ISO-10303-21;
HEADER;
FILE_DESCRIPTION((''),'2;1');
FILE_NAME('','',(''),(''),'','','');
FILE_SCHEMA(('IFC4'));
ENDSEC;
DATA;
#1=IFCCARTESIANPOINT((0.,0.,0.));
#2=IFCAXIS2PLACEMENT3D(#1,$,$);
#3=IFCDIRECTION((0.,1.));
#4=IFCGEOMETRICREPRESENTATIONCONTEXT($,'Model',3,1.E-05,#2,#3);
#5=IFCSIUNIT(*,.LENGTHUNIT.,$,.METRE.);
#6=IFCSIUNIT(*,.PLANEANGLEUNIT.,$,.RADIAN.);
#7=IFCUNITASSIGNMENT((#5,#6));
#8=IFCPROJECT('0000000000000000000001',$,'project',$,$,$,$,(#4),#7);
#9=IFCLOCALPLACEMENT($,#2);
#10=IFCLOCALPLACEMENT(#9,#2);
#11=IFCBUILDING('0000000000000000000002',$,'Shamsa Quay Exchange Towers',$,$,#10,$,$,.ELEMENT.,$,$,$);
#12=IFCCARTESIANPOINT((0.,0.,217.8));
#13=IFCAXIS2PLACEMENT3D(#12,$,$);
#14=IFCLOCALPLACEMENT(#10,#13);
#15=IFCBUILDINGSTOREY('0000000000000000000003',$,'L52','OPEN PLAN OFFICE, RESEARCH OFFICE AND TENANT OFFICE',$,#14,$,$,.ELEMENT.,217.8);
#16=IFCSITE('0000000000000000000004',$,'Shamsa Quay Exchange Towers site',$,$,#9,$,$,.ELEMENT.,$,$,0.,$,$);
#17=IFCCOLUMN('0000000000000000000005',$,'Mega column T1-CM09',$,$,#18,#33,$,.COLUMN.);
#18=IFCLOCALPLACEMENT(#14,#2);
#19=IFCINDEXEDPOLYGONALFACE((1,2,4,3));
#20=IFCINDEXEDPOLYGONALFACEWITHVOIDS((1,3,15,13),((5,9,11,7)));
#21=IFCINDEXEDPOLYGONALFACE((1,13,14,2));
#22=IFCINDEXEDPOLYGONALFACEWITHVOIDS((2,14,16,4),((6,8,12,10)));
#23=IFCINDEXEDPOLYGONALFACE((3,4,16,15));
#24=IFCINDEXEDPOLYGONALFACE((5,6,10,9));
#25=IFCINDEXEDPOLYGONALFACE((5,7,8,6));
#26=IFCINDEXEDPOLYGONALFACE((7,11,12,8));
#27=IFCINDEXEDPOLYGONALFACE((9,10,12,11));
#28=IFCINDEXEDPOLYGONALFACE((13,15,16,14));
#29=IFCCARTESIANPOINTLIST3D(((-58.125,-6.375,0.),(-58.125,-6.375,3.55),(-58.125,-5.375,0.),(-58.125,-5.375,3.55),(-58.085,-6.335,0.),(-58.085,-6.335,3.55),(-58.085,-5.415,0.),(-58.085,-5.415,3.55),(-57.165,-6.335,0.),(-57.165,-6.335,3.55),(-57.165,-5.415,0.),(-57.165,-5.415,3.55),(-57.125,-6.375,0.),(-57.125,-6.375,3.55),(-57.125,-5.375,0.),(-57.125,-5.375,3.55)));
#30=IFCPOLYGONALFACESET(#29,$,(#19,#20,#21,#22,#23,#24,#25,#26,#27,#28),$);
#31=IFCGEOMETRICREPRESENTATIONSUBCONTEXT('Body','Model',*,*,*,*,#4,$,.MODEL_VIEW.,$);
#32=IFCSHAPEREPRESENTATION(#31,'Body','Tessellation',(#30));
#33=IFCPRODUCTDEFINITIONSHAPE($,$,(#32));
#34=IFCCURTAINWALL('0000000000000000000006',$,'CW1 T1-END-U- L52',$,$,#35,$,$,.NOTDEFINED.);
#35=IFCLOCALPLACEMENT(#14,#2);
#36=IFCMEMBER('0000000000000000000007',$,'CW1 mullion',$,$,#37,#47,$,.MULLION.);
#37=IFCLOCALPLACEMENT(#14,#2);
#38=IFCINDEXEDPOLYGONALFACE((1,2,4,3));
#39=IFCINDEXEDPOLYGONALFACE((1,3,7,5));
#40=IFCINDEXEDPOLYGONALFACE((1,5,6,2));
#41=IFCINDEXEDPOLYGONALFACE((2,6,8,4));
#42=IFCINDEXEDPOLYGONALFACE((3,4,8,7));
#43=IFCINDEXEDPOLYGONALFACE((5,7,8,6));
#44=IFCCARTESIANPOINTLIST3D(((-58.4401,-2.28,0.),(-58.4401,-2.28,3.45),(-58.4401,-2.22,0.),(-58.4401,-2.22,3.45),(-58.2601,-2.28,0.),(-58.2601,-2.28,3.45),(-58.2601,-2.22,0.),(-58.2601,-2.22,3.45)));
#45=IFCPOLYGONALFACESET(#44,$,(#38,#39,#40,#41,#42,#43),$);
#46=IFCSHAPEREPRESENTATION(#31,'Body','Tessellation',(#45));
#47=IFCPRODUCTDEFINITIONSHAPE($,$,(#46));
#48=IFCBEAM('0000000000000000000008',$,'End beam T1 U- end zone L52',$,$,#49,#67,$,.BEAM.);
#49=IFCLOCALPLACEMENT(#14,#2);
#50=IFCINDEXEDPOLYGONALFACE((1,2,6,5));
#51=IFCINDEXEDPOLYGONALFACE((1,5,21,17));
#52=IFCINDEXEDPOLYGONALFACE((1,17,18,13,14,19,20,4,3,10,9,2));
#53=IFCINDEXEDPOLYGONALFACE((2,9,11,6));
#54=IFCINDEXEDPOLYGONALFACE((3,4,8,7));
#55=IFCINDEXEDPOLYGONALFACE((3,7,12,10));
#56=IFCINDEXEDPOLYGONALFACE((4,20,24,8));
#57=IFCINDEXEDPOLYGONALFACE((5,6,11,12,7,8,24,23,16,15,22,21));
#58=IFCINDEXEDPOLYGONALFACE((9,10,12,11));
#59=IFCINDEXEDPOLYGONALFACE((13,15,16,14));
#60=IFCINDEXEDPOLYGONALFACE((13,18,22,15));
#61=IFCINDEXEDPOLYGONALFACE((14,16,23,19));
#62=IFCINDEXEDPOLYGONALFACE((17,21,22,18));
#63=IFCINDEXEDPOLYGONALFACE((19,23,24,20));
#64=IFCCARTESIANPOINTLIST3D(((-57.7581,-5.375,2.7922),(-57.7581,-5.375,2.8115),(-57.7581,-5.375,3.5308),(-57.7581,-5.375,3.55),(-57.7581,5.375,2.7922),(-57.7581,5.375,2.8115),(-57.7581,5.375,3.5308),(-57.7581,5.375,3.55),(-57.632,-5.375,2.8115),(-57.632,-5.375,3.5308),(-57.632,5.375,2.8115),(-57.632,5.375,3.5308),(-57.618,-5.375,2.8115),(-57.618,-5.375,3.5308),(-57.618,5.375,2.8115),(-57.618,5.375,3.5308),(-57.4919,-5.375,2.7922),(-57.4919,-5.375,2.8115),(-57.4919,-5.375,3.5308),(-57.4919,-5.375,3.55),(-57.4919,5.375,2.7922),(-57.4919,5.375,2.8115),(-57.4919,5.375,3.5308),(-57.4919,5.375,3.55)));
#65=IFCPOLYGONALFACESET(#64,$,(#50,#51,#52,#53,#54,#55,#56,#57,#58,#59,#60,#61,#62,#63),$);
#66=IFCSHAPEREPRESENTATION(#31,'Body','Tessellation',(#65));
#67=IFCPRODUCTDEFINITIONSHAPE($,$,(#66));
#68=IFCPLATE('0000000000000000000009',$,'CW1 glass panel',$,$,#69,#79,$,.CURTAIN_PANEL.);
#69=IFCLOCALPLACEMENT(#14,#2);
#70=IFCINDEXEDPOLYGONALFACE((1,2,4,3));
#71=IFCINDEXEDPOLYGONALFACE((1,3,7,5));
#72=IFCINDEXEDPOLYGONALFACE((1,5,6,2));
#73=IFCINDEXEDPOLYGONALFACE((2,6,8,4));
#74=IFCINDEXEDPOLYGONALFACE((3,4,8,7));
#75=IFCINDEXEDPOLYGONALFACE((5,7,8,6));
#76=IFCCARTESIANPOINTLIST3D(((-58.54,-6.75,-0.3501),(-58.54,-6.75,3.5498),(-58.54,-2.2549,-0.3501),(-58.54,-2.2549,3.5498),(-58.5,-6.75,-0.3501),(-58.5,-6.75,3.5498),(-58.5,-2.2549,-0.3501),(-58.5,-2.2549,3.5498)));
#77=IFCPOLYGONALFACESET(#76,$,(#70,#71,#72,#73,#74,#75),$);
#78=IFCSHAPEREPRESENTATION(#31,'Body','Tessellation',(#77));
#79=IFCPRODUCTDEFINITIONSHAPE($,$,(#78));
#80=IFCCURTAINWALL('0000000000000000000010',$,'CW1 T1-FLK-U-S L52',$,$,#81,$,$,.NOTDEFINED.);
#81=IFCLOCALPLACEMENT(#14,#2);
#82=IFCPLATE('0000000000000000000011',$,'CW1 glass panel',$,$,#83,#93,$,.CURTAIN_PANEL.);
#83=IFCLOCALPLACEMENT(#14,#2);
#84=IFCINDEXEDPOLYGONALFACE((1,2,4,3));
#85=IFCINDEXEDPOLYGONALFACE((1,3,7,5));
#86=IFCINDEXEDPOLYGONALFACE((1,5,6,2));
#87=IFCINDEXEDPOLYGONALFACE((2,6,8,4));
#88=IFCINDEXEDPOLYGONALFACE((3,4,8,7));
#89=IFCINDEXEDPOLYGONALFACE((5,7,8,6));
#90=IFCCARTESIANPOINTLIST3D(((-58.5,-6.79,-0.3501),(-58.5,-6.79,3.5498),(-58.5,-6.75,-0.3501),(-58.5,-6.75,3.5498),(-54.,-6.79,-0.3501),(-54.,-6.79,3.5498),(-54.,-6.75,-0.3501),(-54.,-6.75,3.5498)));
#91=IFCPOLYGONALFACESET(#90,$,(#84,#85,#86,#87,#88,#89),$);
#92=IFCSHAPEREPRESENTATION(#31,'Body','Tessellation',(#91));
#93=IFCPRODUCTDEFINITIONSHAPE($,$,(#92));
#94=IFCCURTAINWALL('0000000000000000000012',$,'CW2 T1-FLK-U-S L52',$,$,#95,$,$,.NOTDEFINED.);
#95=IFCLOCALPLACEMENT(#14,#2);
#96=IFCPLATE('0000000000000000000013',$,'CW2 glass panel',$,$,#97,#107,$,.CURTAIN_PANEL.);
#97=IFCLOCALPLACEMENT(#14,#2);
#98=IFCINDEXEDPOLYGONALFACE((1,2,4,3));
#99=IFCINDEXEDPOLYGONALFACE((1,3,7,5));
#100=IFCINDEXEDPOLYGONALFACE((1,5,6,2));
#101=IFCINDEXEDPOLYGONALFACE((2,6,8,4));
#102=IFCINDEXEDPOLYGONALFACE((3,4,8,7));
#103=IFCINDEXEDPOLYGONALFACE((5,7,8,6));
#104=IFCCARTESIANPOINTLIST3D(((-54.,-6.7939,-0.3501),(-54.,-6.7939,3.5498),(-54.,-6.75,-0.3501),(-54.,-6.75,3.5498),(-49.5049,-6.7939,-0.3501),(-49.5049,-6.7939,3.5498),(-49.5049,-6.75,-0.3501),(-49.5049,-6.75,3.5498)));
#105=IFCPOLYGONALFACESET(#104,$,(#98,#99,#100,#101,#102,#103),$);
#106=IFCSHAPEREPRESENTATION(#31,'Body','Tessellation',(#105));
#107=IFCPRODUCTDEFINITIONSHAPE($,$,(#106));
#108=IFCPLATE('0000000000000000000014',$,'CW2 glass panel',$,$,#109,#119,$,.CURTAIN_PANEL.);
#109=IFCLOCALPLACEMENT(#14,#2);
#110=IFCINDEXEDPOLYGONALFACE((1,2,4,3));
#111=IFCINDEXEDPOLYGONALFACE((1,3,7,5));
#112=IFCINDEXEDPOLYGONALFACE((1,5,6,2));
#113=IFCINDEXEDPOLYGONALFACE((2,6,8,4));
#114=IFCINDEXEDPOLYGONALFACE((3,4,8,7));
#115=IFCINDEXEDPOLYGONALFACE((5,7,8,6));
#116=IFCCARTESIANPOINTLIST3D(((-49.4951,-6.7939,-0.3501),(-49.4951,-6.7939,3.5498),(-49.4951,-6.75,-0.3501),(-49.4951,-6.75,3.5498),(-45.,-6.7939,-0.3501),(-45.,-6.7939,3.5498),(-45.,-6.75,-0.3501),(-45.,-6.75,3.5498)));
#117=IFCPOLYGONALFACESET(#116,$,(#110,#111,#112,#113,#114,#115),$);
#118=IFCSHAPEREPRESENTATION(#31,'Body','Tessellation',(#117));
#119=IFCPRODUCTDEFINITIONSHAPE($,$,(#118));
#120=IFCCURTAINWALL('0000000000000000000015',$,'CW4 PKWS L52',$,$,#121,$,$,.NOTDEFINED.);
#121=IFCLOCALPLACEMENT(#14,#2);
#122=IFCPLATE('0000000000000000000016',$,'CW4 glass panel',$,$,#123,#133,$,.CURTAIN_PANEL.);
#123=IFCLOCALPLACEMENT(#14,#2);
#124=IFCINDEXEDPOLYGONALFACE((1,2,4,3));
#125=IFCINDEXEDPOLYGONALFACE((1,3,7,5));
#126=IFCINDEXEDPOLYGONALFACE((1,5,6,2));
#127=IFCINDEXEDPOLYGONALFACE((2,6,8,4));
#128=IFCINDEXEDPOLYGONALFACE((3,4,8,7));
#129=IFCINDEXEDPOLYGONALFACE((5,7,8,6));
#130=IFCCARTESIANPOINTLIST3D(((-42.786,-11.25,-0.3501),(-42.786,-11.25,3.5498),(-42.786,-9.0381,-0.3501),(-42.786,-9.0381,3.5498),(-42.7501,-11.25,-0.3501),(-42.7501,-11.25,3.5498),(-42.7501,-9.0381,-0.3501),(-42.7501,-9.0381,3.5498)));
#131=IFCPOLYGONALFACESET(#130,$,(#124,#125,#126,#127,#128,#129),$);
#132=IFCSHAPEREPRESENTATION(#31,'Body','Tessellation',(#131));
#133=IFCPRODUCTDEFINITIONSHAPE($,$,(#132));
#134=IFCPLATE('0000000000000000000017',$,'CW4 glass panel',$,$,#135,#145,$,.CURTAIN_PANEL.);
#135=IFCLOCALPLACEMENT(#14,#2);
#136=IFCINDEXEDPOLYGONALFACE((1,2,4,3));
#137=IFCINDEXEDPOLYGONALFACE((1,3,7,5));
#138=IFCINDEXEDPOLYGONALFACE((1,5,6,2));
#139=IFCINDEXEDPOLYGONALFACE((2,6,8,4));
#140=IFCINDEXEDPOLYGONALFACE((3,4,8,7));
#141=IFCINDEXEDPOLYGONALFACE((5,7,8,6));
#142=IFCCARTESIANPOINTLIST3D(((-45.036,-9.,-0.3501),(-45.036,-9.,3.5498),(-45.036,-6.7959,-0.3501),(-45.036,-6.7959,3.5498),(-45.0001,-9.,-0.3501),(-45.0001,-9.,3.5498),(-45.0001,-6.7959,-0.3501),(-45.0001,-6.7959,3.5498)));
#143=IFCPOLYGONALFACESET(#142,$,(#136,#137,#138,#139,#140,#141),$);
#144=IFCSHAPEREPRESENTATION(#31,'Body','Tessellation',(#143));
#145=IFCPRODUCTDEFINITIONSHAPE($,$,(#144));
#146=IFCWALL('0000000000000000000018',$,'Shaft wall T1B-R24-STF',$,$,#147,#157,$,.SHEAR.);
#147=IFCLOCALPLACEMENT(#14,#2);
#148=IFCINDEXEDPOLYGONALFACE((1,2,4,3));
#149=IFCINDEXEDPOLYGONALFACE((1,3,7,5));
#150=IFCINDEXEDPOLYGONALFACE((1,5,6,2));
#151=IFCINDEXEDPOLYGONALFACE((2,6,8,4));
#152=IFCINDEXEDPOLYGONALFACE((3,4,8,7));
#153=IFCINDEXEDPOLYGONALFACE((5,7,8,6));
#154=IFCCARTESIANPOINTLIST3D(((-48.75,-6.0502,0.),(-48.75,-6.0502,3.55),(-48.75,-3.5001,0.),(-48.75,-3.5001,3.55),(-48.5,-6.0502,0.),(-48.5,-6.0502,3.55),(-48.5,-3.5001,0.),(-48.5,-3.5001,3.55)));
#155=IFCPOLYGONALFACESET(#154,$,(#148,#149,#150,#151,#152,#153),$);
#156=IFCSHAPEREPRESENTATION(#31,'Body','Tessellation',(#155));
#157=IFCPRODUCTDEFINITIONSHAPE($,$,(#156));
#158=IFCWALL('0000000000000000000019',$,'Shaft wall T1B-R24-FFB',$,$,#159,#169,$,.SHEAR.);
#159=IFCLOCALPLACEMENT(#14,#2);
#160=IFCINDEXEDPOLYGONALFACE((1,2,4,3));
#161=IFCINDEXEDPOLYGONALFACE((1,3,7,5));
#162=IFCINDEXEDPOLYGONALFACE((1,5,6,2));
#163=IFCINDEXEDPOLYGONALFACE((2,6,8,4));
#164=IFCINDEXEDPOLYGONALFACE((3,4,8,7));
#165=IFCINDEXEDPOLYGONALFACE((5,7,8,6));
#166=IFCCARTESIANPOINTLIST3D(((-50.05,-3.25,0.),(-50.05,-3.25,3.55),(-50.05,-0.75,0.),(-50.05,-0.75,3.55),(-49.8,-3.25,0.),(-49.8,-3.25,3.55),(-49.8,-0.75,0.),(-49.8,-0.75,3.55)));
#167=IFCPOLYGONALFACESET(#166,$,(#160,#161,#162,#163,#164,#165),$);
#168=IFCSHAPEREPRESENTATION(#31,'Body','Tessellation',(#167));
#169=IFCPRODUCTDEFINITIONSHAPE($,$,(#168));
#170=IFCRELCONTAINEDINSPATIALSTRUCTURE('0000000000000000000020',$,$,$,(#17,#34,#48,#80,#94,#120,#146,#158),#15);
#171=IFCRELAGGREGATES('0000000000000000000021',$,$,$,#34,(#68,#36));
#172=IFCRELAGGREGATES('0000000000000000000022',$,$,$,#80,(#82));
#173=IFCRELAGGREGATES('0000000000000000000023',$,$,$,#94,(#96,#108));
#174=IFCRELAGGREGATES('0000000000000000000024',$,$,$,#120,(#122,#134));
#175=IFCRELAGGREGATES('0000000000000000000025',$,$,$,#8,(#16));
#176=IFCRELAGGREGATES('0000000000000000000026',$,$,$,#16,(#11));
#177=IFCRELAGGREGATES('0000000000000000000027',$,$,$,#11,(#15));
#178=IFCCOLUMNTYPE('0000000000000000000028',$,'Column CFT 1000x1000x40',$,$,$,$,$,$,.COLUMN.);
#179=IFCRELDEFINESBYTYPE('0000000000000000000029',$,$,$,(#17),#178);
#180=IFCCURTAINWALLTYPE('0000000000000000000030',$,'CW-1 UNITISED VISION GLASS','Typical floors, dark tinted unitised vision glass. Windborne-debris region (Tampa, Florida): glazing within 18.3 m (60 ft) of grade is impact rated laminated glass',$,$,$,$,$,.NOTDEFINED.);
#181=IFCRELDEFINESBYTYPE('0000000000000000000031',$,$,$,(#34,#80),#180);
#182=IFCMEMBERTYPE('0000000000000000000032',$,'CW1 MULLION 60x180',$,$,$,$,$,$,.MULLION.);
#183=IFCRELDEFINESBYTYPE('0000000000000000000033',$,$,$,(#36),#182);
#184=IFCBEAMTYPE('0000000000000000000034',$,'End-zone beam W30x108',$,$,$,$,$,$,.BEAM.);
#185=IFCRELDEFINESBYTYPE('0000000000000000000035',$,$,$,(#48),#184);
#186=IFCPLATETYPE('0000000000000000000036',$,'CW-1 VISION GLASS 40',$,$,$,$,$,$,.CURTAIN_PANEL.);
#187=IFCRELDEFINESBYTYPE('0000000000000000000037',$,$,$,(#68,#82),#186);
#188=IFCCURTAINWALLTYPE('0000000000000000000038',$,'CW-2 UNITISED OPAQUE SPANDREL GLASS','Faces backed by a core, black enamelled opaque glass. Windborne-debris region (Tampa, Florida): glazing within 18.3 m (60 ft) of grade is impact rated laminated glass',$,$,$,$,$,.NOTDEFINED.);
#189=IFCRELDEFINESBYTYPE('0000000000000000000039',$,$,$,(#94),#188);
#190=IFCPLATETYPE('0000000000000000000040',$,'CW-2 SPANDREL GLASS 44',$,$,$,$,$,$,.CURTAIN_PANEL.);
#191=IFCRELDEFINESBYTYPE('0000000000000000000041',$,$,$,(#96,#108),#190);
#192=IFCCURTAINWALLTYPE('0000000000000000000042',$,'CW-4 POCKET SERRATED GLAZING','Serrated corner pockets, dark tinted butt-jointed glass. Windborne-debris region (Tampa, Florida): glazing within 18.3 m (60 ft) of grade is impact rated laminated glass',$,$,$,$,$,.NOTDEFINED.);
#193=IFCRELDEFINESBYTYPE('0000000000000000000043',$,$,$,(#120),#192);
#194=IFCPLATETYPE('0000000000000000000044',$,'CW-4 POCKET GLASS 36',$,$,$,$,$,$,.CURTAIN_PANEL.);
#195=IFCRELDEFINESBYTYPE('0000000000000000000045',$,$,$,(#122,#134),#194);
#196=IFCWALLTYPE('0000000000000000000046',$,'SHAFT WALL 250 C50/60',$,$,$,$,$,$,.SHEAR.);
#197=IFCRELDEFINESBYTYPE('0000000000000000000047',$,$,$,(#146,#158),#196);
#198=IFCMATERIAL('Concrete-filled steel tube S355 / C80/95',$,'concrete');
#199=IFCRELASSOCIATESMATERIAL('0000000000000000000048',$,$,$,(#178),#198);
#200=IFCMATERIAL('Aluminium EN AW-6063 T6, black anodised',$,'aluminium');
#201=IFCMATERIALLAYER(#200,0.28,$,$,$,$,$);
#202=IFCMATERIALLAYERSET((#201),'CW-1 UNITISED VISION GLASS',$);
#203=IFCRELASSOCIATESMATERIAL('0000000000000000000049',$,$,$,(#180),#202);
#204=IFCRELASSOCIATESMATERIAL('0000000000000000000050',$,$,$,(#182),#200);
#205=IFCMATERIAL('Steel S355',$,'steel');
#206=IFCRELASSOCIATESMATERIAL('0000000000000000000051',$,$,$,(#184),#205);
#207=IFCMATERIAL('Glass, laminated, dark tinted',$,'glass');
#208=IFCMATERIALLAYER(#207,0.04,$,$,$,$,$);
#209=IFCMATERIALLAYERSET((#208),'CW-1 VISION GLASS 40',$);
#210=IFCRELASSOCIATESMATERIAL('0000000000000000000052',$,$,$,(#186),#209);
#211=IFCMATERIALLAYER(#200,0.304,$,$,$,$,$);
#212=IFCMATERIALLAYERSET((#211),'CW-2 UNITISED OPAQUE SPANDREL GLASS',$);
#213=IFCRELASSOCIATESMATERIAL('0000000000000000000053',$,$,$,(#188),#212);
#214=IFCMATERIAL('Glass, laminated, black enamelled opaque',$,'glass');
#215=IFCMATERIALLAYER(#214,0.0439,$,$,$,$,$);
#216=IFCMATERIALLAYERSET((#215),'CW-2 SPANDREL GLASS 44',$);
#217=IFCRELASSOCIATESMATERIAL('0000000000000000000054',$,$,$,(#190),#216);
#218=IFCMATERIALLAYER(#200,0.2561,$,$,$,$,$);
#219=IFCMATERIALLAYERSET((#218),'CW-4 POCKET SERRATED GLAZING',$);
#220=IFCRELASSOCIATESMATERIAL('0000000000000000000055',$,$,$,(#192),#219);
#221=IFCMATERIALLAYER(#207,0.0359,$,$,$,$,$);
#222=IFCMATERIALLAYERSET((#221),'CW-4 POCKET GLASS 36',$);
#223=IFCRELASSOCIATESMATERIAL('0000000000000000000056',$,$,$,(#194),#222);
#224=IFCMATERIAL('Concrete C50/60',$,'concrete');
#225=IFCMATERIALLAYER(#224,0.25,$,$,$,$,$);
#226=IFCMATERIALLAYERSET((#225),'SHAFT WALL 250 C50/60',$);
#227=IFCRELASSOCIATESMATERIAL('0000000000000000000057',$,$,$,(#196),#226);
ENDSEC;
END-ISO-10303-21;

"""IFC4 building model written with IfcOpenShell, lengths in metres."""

from ifc_helpers import new_model, si_unit, direction, frame, frame_2d, origin, origin_2d, place, context, subcontext, project, spatial, rectangle, hollow_rectangle, i_section, extrude, material, layer, layer_set, material_profile, profile_set, type_object, element, aggregate, save


model = new_model("IFC4")

# Units and contexts
model_context = context("Model", 3, precision=1e-05, world=origin(), true_north=direction((0.0, 1.0)))
body_context = subcontext(model_context, "Body", "Model", "MODEL_VIEW")
ifc_project = project(units=[si_unit("LENGTHUNIT", "METRE"), si_unit("PLANEANGLEUNIT", "RADIAN")], contexts=[model_context])

# Site, building, storey
site_placement = place(None, origin())
site = spatial("IfcSite", under=ifc_project, at=site_placement, Name="Shamsa Quay Exchange Towers site", CompositionType="ELEMENT", RefElevation=0.0)
building_placement = place(site_placement, origin())
building = spatial("IfcBuilding", under=site, at=building_placement, Name="Shamsa Quay Exchange Towers", CompositionType="ELEMENT")
storey_placement = place(building_placement, frame((0.0, 0.0, 217.8)))
storey = spatial("IfcBuildingStorey", under=building, at=storey_placement, Name="L52", Description="OPEN PLAN OFFICE, RESEARCH OFFICE AND TENANT OFFICE", CompositionType="ELEMENT", Elevation=217.8)

# Column
ifc_material_1 = material(Name="Concrete-filled steel tube S355 / C80/95", Category="concrete")
ifc_material_profile_1 = material_profile(ifc_material_1, hollow_rectangle(XDim=1.0, YDim=1.0, WallThickness=0.04, at=origin_2d()), Name="CFT 1000x1000x40")
ifc_profile_set_1 = profile_set([ifc_material_profile_1], Name="Concrete-filled steel tube S355 / C80/95")
column_type = type_object("IfcColumnType", Name="Column CFT 1000x1000x40", PredefinedType="COLUMN", material=ifc_profile_set_1)
column_placement = place(storey_placement, frame((-57.625, -5.875, 0.0)))
element("IfcColumn", 1, at=column_placement, inside=storey, type_object=column_type, Name="Mega column T1-CM09", PredefinedType="COLUMN", context=body_context, shape_type="SweptSolid", body=[
    extrude(hollow_rectangle(XDim=1.0, YDim=1.0, WallThickness=0.04, at=origin_2d()), origin(), (0.0, 0.0, 1.0), 3.55),
])

# Curtain wall, member
ifc_material_2 = material(Name="Aluminium EN AW-6063 T6, black anodised", Category="aluminium")
ifc_layer_1 = layer(ifc_material_2, 0.28)
ifc_layer_set_1 = layer_set([ifc_layer_1], Name="CW-1 UNITISED VISION GLASS")
curtain_wall_type_1 = type_object("IfcCurtainWallType", Name="CW-1 UNITISED VISION GLASS", Description="Typical floors, dark tinted unitised vision glass. Windborne-debris region (Tampa, Florida): glazing within 18.3 m (60 ft) of grade is impact rated laminated glass", PredefinedType="NOTDEFINED", material=ifc_layer_set_1)
curtain_wall_1_placement = place(storey_placement, origin())
curtain_wall_1 = element("IfcCurtainWall", 2, at=curtain_wall_1_placement, inside=storey, type_object=curtain_wall_type_1, Name="CW1 T1-END-U- L52", PredefinedType="NOTDEFINED")
ifc_material_profile_2 = material_profile(ifc_material_2, rectangle(XDim=0.1799, YDim=0.0601, at=origin_2d()), Name="MU60x180")
ifc_profile_set_2 = profile_set([ifc_material_profile_2], Name="Aluminium EN AW-6063 T6, black anodised")
member_type = type_object("IfcMemberType", Name="CW1 MULLION 60x180", PredefinedType="MULLION", material=ifc_profile_set_2)
member_placement = place(storey_placement, frame((-58.3501, -2.25, 0.0)))
member = element("IfcMember", 3, at=member_placement, type_object=member_type, Name="CW1 mullion", PredefinedType="MULLION", context=body_context, shape_type="SweptSolid", body=[
    extrude(rectangle(XDim=0.1799, YDim=0.0601, at=origin_2d()), origin(), (0.0, 0.0, 1.0), 3.45),
])

# Beam
ifc_material_3 = material(Name="Steel S355", Category="steel")
ifc_material_profile_3 = material_profile(ifc_material_3, i_section(OverallWidth=0.2661, OverallDepth=0.7578, WebThickness=0.0139, FlangeThickness=0.0193, at=origin_2d()), Name="W30x108")
ifc_profile_set_3 = profile_set([ifc_material_profile_3], Name="Steel S355")
beam_type = type_object("IfcBeamType", Name="End-zone beam W30x108", PredefinedType="BEAM", material=ifc_profile_set_3)
beam_placement = place(storey_placement, frame((-57.625, -5.375, 3.1711), z_axis=(0.0, 1.0, 0.0), x_axis=(-1.0, 0.0, 0.0)))
element("IfcBeam", 4, at=beam_placement, inside=storey, type_object=beam_type, Name="End beam T1 U- end zone L52", PredefinedType="BEAM", context=body_context, shape_type="SweptSolid", body=[
    extrude(i_section(OverallWidth=0.2661, OverallDepth=0.7578, WebThickness=0.0139, FlangeThickness=0.0193, at=origin_2d()), origin(), (0.0, 0.0, 1.0), 10.75),
])

# Plate
ifc_material_4 = material(Name="Glass, laminated, dark tinted", Category="glass")
ifc_layer_2 = layer(ifc_material_4, 0.04)
ifc_layer_set_2 = layer_set([ifc_layer_2], Name="CW-1 VISION GLASS 40")
plate_type_1 = type_object("IfcPlateType", Name="CW-1 VISION GLASS 40", PredefinedType="CURTAIN_PANEL", material=ifc_layer_set_2)
plate_1_placement = place(storey_placement, frame((-58.52, -4.5024, -0.3501), z_axis=(0.0, 0.0, 1.0), x_axis=(0.0, -1.0, 0.0)))
plate_1 = element("IfcPlate", 5, at=plate_1_placement, type_object=plate_type_1, Name="CW1 glass panel", PredefinedType="CURTAIN_PANEL", context=body_context, shape_type="SweptSolid", body=[
    extrude(rectangle(XDim=4.4951, YDim=0.04, at=origin_2d()), origin(), (0.0, 0.0, 1.0), 3.8999),
])
aggregate(curtain_wall_1, [plate_1, member])

# Curtain wall, plate
curtain_wall_2_placement = place(storey_placement, origin())
curtain_wall_2 = element("IfcCurtainWall", 6, at=curtain_wall_2_placement, inside=storey, type_object=curtain_wall_type_1, Name="CW1 T1-FLK-U-S L52", PredefinedType="NOTDEFINED")
plate_2_placement = place(storey_placement, frame((-56.25, -6.77, -0.3501)))
plate_2 = element("IfcPlate", 7, at=plate_2_placement, type_object=plate_type_1, Name="CW1 glass panel", PredefinedType="CURTAIN_PANEL", context=body_context, shape_type="SweptSolid", body=[
    extrude(rectangle(XDim=4.5, YDim=0.04, at=origin_2d()), origin(), (0.0, 0.0, 1.0), 3.8999),
])
aggregate(curtain_wall_2, [plate_2])

# Curtain walls, plates
ifc_layer_3 = layer(ifc_material_2, 0.304)
ifc_layer_set_3 = layer_set([ifc_layer_3], Name="CW-2 UNITISED OPAQUE SPANDREL GLASS")
curtain_wall_type_2 = type_object("IfcCurtainWallType", Name="CW-2 UNITISED OPAQUE SPANDREL GLASS", Description="Faces backed by a core, black enamelled opaque glass. Windborne-debris region (Tampa, Florida): glazing within 18.3 m (60 ft) of grade is impact rated laminated glass", PredefinedType="NOTDEFINED", material=ifc_layer_set_3)
curtain_wall_3_placement = place(storey_placement, origin())
curtain_wall_3 = element("IfcCurtainWall", 8, at=curtain_wall_3_placement, inside=storey, type_object=curtain_wall_type_2, Name="CW2 T1-FLK-U-S L52", PredefinedType="NOTDEFINED")
ifc_material_5 = material(Name="Glass, laminated, black enamelled opaque", Category="glass")
ifc_layer_4 = layer(ifc_material_5, 0.0439)
ifc_layer_set_4 = layer_set([ifc_layer_4], Name="CW-2 SPANDREL GLASS 44")
plate_type_2 = type_object("IfcPlateType", Name="CW-2 SPANDREL GLASS 44", PredefinedType="CURTAIN_PANEL", material=ifc_layer_set_4)
plate_3_placement = place(storey_placement, frame((-51.7524, -6.772, -0.3501)))
plate_3 = element("IfcPlate", 9, at=plate_3_placement, type_object=plate_type_2, Name="CW2 glass panel", PredefinedType="CURTAIN_PANEL", context=body_context, shape_type="SweptSolid", body=[
    extrude(rectangle(XDim=4.4951, YDim=0.0439, at=origin_2d()), origin(), (0.0, 0.0, 1.0), 3.8999),
])
plate_4_placement = place(storey_placement, frame((-47.2476, -6.772, -0.3501)))
plate_4 = element("IfcPlate", 10, at=plate_4_placement, type_object=plate_type_2, Name="CW2 glass panel", PredefinedType="CURTAIN_PANEL", context=body_context, shape_type="SweptSolid", body=[
    extrude(rectangle(XDim=4.4951, YDim=0.0439, at=origin_2d()), origin(), (0.0, 0.0, 1.0), 3.8999),
])
aggregate(curtain_wall_3, [plate_3, plate_4])
ifc_layer_5 = layer(ifc_material_2, 0.2561)
ifc_layer_set_5 = layer_set([ifc_layer_5], Name="CW-4 POCKET SERRATED GLAZING")
curtain_wall_type_3 = type_object("IfcCurtainWallType", Name="CW-4 POCKET SERRATED GLAZING", Description="Serrated corner pockets, dark tinted butt-jointed glass. Windborne-debris region (Tampa, Florida): glazing within 18.3 m (60 ft) of grade is impact rated laminated glass", PredefinedType="NOTDEFINED", material=ifc_layer_set_5)
curtain_wall_4_placement = place(storey_placement, origin())
curtain_wall_4 = element("IfcCurtainWall", 11, at=curtain_wall_4_placement, inside=storey, type_object=curtain_wall_type_3, Name="CW4 PKWS L52", PredefinedType="NOTDEFINED")
ifc_layer_6 = layer(ifc_material_4, 0.0359)
ifc_layer_set_6 = layer_set([ifc_layer_6], Name="CW-4 POCKET GLASS 36")
plate_type_3 = type_object("IfcPlateType", Name="CW-4 POCKET GLASS 36", PredefinedType="CURTAIN_PANEL", material=ifc_layer_set_6)
plate_5_placement = place(storey_placement, frame((-42.7681, -10.144, -0.3501), z_axis=(0.0, 0.0, 1.0), x_axis=(0.0, -1.0, 0.0)))
plate_5 = element("IfcPlate", 12, at=plate_5_placement, type_object=plate_type_3, Name="CW4 glass panel", PredefinedType="CURTAIN_PANEL", context=body_context, shape_type="SweptSolid", body=[
    extrude(rectangle(XDim=2.2119, YDim=0.0359, at=origin_2d()), origin(), (0.0, 0.0, 1.0), 3.8999),
])
plate_6_placement = place(storey_placement, frame((-45.0181, -7.8979, -0.3501), z_axis=(0.0, 0.0, 1.0), x_axis=(0.0, -1.0, 0.0)))
plate_6 = element("IfcPlate", 13, at=plate_6_placement, type_object=plate_type_3, Name="CW4 glass panel", PredefinedType="CURTAIN_PANEL", context=body_context, shape_type="SweptSolid", body=[
    extrude(rectangle(XDim=2.2041, YDim=0.0359, at=origin_2d()), origin(), (0.0, 0.0, 1.0), 3.8999),
])
aggregate(curtain_wall_4, [plate_5, plate_6])

# Wall
ifc_material_6 = material(Name="Concrete C50/60", Category="concrete")
ifc_layer_7 = layer(ifc_material_6, 0.25)
ifc_layer_set_7 = layer_set([ifc_layer_7], Name="SHAFT WALL 250 C50/60")
wall_type_1 = type_object("IfcWallType", Name="SHAFT WALL 250 C50/60", PredefinedType="SHEAR", material=ifc_layer_set_7)
wall_1_placement = place(storey_placement, frame((-48.625, -6.05, 0.0), z_axis=(0.0, 0.0, 1.0), x_axis=(0.0, 1.0, 0.0)))
element("IfcWall", 14, at=wall_1_placement, inside=storey, type_object=wall_type_1, Name="Shaft wall T1B-R24-STF", PredefinedType="SHEAR", context=body_context, shape_type="SweptSolid", body=[
    extrude(rectangle(XDim=2.55, YDim=0.25, at=frame_2d((1.2749, 0.0))), origin(), (0.0, 0.0, 1.0), 3.55),
])

# Wall
wall_2_placement = place(storey_placement, frame((-49.925, -3.25, 0.0), z_axis=(0.0, 0.0, 1.0), x_axis=(0.0, 1.0, 0.0)))
element("IfcWall", 15, at=wall_2_placement, inside=storey, type_object=wall_type_1, Name="Shaft wall T1B-R24-FFB", PredefinedType="SHEAR", context=body_context, shape_type="SweptSolid", body=[
    extrude(rectangle(XDim=2.5, YDim=0.25, at=frame_2d((1.25, 0.0))), origin(), (0.0, 0.0, 1.0), 3.55),
])

save(model, "model.ifc")
